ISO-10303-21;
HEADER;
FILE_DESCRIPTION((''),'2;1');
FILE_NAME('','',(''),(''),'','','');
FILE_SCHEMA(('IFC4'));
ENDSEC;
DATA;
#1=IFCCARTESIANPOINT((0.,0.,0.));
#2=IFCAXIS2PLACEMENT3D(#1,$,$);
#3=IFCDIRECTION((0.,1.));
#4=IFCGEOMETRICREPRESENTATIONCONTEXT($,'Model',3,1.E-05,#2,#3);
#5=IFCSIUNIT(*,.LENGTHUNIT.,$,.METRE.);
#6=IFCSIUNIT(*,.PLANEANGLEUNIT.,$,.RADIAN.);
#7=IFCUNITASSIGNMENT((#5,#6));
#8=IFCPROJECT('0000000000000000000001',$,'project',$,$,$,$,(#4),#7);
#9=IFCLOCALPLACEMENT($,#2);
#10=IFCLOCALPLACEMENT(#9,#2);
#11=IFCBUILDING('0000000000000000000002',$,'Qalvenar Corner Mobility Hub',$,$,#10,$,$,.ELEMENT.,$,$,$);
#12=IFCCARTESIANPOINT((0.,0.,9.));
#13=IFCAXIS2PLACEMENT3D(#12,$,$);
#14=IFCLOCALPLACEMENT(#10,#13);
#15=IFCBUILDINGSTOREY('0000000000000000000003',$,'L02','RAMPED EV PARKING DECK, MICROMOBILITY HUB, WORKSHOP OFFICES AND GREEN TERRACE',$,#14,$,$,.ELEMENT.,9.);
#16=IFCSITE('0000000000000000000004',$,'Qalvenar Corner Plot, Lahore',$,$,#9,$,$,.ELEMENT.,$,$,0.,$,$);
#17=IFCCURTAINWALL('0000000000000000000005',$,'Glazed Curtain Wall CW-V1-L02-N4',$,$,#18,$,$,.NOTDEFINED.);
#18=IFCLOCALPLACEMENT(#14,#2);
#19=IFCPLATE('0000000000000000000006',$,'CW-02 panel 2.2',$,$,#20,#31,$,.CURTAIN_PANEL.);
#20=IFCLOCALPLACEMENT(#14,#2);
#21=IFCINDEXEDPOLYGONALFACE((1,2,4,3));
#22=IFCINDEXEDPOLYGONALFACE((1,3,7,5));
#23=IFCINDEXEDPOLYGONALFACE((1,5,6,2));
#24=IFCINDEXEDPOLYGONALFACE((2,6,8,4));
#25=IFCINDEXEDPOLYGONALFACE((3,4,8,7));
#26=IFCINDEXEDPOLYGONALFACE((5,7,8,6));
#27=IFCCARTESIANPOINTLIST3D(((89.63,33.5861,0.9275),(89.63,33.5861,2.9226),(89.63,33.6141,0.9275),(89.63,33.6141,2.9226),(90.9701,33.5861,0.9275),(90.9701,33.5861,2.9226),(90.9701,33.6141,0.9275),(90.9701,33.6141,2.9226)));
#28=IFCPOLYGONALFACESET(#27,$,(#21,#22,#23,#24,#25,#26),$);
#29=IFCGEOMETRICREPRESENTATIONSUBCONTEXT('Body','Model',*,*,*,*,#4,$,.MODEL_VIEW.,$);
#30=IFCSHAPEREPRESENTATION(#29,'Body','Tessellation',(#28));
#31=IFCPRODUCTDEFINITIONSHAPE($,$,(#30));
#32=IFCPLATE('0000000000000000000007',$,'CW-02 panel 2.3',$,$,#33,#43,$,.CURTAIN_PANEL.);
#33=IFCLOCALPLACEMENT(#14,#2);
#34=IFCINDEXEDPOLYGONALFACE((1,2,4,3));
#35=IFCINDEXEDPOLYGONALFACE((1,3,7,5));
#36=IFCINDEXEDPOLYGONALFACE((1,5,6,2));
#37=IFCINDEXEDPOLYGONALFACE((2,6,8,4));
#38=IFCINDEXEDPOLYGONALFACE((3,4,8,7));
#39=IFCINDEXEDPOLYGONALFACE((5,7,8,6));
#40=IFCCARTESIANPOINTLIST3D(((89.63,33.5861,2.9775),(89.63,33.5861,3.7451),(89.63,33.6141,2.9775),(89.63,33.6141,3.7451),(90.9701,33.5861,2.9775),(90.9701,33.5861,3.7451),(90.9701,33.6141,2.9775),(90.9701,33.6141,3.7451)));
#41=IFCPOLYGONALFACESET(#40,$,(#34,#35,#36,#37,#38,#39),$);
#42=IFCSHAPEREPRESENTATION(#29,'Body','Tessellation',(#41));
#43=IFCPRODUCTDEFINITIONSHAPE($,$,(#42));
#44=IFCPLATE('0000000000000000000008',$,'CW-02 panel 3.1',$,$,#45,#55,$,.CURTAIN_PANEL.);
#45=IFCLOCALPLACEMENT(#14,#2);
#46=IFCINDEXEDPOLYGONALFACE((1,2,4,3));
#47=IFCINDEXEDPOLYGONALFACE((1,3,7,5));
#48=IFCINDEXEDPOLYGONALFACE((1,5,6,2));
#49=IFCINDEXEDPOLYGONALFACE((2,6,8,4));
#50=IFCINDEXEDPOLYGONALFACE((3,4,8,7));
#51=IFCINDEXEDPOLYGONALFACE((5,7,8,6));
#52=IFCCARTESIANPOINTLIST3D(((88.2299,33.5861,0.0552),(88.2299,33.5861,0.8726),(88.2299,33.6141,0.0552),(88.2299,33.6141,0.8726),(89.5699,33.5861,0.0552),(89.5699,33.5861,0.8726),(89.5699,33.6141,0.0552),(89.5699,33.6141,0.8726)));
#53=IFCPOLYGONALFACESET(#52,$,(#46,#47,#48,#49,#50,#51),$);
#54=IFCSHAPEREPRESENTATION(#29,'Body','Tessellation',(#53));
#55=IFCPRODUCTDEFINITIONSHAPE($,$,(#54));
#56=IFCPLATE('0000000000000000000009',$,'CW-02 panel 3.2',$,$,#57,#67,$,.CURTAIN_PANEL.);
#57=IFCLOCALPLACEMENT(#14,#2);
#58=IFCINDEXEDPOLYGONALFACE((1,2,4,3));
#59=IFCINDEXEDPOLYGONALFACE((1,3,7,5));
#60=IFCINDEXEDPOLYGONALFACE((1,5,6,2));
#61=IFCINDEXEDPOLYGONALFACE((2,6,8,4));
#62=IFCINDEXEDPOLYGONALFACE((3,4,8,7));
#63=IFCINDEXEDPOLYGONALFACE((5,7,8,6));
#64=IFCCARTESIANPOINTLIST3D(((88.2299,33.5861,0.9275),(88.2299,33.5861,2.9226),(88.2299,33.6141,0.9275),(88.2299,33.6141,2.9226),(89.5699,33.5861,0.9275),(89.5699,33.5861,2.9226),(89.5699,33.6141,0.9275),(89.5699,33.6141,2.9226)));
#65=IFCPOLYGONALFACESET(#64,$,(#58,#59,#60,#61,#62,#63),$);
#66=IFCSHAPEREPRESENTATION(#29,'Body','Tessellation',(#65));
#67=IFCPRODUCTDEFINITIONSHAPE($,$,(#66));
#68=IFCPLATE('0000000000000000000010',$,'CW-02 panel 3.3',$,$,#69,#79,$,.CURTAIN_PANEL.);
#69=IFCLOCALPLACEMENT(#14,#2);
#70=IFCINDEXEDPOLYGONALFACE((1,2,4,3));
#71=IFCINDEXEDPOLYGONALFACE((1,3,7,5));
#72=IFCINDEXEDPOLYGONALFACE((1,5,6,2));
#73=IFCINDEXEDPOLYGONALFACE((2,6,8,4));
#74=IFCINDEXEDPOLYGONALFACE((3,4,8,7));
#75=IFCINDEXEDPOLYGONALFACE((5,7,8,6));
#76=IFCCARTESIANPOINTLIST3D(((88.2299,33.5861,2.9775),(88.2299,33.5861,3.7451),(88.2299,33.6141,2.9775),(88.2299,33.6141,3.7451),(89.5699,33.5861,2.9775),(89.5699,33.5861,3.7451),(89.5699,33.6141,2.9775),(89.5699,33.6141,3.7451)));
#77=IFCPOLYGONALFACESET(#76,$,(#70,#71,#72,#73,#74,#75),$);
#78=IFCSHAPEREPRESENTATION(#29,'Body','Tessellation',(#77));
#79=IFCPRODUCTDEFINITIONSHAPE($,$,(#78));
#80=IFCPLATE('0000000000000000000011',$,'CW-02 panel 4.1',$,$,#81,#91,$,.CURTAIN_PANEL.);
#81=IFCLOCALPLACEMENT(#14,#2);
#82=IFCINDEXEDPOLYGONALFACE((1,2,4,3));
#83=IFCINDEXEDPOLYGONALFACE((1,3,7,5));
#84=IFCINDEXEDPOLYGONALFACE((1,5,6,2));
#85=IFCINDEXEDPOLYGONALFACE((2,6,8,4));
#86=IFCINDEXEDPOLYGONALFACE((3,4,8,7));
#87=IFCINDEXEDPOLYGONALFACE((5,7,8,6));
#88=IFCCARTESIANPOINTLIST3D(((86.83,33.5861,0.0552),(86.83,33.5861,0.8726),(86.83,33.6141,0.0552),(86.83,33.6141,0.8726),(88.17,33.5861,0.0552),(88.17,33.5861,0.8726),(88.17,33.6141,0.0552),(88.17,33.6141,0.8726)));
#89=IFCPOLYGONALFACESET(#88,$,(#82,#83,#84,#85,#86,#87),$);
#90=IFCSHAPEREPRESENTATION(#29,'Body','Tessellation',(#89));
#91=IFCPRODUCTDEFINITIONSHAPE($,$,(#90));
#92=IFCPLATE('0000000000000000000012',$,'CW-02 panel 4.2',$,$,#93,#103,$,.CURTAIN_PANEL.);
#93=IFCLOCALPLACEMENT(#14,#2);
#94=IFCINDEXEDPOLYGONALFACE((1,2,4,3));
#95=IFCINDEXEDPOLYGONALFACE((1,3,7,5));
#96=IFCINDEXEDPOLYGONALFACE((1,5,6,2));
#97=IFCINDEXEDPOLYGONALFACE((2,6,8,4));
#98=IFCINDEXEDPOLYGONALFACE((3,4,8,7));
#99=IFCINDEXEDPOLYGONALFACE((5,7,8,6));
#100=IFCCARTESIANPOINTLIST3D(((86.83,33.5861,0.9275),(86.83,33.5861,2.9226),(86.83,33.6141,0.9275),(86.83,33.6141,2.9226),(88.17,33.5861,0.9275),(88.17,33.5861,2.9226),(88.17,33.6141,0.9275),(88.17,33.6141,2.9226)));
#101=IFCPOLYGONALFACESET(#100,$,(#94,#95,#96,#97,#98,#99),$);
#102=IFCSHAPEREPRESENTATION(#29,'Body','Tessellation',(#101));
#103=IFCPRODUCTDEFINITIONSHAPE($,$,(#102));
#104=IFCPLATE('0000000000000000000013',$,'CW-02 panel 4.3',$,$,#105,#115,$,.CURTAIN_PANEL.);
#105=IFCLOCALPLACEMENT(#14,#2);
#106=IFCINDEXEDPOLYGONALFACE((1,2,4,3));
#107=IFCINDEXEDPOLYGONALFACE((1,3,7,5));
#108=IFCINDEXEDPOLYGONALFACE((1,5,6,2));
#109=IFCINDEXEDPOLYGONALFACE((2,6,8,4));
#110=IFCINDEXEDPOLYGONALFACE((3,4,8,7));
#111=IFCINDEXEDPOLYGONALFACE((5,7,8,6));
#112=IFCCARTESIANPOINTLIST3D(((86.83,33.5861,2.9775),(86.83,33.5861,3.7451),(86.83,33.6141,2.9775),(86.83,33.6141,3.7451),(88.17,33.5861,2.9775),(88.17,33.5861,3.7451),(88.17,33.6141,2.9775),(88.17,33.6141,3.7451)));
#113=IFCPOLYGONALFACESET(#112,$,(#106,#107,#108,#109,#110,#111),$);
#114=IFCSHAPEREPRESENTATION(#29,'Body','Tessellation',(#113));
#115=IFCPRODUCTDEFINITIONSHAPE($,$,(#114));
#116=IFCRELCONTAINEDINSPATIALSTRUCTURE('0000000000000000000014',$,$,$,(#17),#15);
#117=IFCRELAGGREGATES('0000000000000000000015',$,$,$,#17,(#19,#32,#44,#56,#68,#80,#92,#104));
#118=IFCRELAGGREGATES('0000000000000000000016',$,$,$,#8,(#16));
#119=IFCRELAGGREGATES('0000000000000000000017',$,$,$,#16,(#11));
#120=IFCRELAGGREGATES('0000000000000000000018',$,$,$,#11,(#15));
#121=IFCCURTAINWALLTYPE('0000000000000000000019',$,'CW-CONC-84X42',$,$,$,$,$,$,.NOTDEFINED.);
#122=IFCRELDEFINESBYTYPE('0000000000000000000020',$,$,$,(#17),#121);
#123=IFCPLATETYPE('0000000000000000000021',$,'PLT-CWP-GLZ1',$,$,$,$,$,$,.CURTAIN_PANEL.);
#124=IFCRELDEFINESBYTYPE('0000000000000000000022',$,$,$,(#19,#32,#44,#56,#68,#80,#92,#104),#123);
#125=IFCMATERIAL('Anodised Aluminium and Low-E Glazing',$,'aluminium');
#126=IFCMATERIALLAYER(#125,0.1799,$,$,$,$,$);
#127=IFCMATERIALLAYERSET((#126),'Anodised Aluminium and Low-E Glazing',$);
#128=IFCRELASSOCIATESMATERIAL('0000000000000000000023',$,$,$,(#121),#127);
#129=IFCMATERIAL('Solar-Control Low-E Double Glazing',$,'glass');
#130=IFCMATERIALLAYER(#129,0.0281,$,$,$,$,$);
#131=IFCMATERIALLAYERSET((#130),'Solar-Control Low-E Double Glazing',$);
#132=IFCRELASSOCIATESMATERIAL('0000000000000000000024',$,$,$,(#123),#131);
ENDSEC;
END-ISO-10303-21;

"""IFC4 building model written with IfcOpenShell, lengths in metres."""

from ifc_helpers import new_model, si_unit, direction, frame, origin, origin_2d, place, context, subcontext, project, spatial, rectangle, extrude, material, layer, layer_set, type_object, element, aggregate, save


model = new_model("IFC4")

# Units and contexts
model_context = context("Model", 3, precision=1e-05, world=origin(), true_north=direction((0.0, 1.0)))
body_context = subcontext(model_context, "Body", "Model", "MODEL_VIEW")
ifc_project = project(units=[si_unit("LENGTHUNIT", "METRE"), si_unit("PLANEANGLEUNIT", "RADIAN")], contexts=[model_context])

# Site, building, storey
site_placement = place(None, origin())
site = spatial("IfcSite", under=ifc_project, at=site_placement, Name="Qalvenar Corner Plot, Lahore", CompositionType="ELEMENT", RefElevation=0.0)
building_placement = place(site_placement, origin())
building = spatial("IfcBuilding", under=site, at=building_placement, Name="Qalvenar Corner Mobility Hub", CompositionType="ELEMENT")
storey_placement = place(building_placement, frame((0.0, 0.0, 9.0)))
storey = spatial("IfcBuildingStorey", under=building, at=storey_placement, Name="L02", Description="RAMPED EV PARKING DECK, MICROMOBILITY HUB, WORKSHOP OFFICES AND GREEN TERRACE", CompositionType="ELEMENT", Elevation=9.0)

# Curtain wall, plates
ifc_material_1 = material(Name="Anodised Aluminium and Low-E Glazing", Category="aluminium")
ifc_layer_1 = layer(ifc_material_1, 0.1799)
ifc_layer_set_1 = layer_set([ifc_layer_1], Name="Anodised Aluminium and Low-E Glazing")
curtain_wall_type = type_object("IfcCurtainWallType", Name="CW-CONC-84X42", PredefinedType="NOTDEFINED", material=ifc_layer_set_1)
curtain_wall_placement = place(storey_placement, origin())
curtain_wall = element("IfcCurtainWall", 1, at=curtain_wall_placement, inside=storey, type_object=curtain_wall_type, Name="Glazed Curtain Wall CW-V1-L02-N4", PredefinedType="NOTDEFINED")
ifc_material_2 = material(Name="Solar-Control Low-E Double Glazing", Category="glass")
ifc_layer_2 = layer(ifc_material_2, 0.0281)
ifc_layer_set_2 = layer_set([ifc_layer_2], Name="Solar-Control Low-E Double Glazing")
plate_type = type_object("IfcPlateType", Name="PLT-CWP-GLZ1", PredefinedType="CURTAIN_PANEL", material=ifc_layer_set_2)
plate_1_placement = place(storey_placement, frame((90.3, 33.6001, 0.9275), z_axis=(0.0, 0.0, 1.0), x_axis=(-1.0, 0.0, 0.0)))
plate_1 = element("IfcPlate", 2, at=plate_1_placement, type_object=plate_type, Name="CW-02 panel 2.2", PredefinedType="CURTAIN_PANEL", context=body_context, shape_type="SweptSolid", body=[
    extrude(rectangle(XDim=1.3401, YDim=0.0281, at=origin_2d()), origin(), (0.0, 0.0, 1.0), 1.9951),
])
plate_2_placement = place(storey_placement, frame((90.3, 33.6001, 2.9775), z_axis=(0.0, 0.0, 1.0), x_axis=(-1.0, 0.0, 0.0)))
plate_2 = element("IfcPlate", 3, at=plate_2_placement, type_object=plate_type, Name="CW-02 panel 2.3", PredefinedType="CURTAIN_PANEL", context=body_context, shape_type="SweptSolid", body=[
    extrude(rectangle(XDim=1.3401, YDim=0.0281, at=origin_2d()), origin(), (0.0, 0.0, 1.0), 0.7676),
])
plate_3_placement = place(storey_placement, frame((88.8999, 33.6001, 0.0552), z_axis=(0.0, 0.0, 1.0), x_axis=(-1.0, 0.0, 0.0)))
plate_3 = element("IfcPlate", 4, at=plate_3_placement, type_object=plate_type, Name="CW-02 panel 3.1", PredefinedType="CURTAIN_PANEL", context=body_context, shape_type="SweptSolid", body=[
    extrude(rectangle(XDim=1.3401, YDim=0.0281, at=origin_2d()), origin(), (0.0, 0.0, 1.0), 0.8174),
])
plate_4_placement = place(storey_placement, frame((88.8999, 33.6001, 0.9275), z_axis=(0.0, 0.0, 1.0), x_axis=(-1.0, 0.0, 0.0)))
plate_4 = element("IfcPlate", 5, at=plate_4_placement, type_object=plate_type, Name="CW-02 panel 3.2", PredefinedType="CURTAIN_PANEL", context=body_context, shape_type="SweptSolid", body=[
    extrude(rectangle(XDim=1.3401, YDim=0.0281, at=origin_2d()), origin(), (0.0, 0.0, 1.0), 1.9951),
])
plate_5_placement = place(storey_placement, frame((88.8999, 33.6001, 2.9775), z_axis=(0.0, 0.0, 1.0), x_axis=(-1.0, 0.0, 0.0)))
plate_5 = element("IfcPlate", 6, at=plate_5_placement, type_object=plate_type, Name="CW-02 panel 3.3", PredefinedType="CURTAIN_PANEL", context=body_context, shape_type="SweptSolid", body=[
    extrude(rectangle(XDim=1.3401, YDim=0.0281, at=origin_2d()), origin(), (0.0, 0.0, 1.0), 0.7676),
])
plate_6_placement = place(storey_placement, frame((87.5, 33.6001, 0.0552), z_axis=(0.0, 0.0, 1.0), x_axis=(-1.0, 0.0, 0.0)))
plate_6 = element("IfcPlate", 7, at=plate_6_placement, type_object=plate_type, Name="CW-02 panel 4.1", PredefinedType="CURTAIN_PANEL", context=body_context, shape_type="SweptSolid", body=[
    extrude(rectangle(XDim=1.3401, YDim=0.0281, at=origin_2d()), origin(), (0.0, 0.0, 1.0), 0.8174),
])
plate_7_placement = place(storey_placement, frame((87.5, 33.6001, 0.9275), z_axis=(0.0, 0.0, 1.0), x_axis=(-1.0, 0.0, 0.0)))
plate_7 = element("IfcPlate", 8, at=plate_7_placement, type_object=plate_type, Name="CW-02 panel 4.2", PredefinedType="CURTAIN_PANEL", context=body_context, shape_type="SweptSolid", body=[
    extrude(rectangle(XDim=1.3401, YDim=0.0281, at=origin_2d()), origin(), (0.0, 0.0, 1.0), 1.9951),
])
plate_8_placement = place(storey_placement, frame((87.5, 33.6001, 2.9775), z_axis=(0.0, 0.0, 1.0), x_axis=(-1.0, 0.0, 0.0)))
plate_8 = element("IfcPlate", 9, at=plate_8_placement, type_object=plate_type, Name="CW-02 panel 4.3", PredefinedType="CURTAIN_PANEL", context=body_context, shape_type="SweptSolid", body=[
    extrude(rectangle(XDim=1.3401, YDim=0.0281, at=origin_2d()), origin(), (0.0, 0.0, 1.0), 0.7676),
])
aggregate(curtain_wall, [plate_1, plate_2, plate_3, plate_4, plate_5, plate_6, plate_7, plate_8])

save(model, "model.ifc")
